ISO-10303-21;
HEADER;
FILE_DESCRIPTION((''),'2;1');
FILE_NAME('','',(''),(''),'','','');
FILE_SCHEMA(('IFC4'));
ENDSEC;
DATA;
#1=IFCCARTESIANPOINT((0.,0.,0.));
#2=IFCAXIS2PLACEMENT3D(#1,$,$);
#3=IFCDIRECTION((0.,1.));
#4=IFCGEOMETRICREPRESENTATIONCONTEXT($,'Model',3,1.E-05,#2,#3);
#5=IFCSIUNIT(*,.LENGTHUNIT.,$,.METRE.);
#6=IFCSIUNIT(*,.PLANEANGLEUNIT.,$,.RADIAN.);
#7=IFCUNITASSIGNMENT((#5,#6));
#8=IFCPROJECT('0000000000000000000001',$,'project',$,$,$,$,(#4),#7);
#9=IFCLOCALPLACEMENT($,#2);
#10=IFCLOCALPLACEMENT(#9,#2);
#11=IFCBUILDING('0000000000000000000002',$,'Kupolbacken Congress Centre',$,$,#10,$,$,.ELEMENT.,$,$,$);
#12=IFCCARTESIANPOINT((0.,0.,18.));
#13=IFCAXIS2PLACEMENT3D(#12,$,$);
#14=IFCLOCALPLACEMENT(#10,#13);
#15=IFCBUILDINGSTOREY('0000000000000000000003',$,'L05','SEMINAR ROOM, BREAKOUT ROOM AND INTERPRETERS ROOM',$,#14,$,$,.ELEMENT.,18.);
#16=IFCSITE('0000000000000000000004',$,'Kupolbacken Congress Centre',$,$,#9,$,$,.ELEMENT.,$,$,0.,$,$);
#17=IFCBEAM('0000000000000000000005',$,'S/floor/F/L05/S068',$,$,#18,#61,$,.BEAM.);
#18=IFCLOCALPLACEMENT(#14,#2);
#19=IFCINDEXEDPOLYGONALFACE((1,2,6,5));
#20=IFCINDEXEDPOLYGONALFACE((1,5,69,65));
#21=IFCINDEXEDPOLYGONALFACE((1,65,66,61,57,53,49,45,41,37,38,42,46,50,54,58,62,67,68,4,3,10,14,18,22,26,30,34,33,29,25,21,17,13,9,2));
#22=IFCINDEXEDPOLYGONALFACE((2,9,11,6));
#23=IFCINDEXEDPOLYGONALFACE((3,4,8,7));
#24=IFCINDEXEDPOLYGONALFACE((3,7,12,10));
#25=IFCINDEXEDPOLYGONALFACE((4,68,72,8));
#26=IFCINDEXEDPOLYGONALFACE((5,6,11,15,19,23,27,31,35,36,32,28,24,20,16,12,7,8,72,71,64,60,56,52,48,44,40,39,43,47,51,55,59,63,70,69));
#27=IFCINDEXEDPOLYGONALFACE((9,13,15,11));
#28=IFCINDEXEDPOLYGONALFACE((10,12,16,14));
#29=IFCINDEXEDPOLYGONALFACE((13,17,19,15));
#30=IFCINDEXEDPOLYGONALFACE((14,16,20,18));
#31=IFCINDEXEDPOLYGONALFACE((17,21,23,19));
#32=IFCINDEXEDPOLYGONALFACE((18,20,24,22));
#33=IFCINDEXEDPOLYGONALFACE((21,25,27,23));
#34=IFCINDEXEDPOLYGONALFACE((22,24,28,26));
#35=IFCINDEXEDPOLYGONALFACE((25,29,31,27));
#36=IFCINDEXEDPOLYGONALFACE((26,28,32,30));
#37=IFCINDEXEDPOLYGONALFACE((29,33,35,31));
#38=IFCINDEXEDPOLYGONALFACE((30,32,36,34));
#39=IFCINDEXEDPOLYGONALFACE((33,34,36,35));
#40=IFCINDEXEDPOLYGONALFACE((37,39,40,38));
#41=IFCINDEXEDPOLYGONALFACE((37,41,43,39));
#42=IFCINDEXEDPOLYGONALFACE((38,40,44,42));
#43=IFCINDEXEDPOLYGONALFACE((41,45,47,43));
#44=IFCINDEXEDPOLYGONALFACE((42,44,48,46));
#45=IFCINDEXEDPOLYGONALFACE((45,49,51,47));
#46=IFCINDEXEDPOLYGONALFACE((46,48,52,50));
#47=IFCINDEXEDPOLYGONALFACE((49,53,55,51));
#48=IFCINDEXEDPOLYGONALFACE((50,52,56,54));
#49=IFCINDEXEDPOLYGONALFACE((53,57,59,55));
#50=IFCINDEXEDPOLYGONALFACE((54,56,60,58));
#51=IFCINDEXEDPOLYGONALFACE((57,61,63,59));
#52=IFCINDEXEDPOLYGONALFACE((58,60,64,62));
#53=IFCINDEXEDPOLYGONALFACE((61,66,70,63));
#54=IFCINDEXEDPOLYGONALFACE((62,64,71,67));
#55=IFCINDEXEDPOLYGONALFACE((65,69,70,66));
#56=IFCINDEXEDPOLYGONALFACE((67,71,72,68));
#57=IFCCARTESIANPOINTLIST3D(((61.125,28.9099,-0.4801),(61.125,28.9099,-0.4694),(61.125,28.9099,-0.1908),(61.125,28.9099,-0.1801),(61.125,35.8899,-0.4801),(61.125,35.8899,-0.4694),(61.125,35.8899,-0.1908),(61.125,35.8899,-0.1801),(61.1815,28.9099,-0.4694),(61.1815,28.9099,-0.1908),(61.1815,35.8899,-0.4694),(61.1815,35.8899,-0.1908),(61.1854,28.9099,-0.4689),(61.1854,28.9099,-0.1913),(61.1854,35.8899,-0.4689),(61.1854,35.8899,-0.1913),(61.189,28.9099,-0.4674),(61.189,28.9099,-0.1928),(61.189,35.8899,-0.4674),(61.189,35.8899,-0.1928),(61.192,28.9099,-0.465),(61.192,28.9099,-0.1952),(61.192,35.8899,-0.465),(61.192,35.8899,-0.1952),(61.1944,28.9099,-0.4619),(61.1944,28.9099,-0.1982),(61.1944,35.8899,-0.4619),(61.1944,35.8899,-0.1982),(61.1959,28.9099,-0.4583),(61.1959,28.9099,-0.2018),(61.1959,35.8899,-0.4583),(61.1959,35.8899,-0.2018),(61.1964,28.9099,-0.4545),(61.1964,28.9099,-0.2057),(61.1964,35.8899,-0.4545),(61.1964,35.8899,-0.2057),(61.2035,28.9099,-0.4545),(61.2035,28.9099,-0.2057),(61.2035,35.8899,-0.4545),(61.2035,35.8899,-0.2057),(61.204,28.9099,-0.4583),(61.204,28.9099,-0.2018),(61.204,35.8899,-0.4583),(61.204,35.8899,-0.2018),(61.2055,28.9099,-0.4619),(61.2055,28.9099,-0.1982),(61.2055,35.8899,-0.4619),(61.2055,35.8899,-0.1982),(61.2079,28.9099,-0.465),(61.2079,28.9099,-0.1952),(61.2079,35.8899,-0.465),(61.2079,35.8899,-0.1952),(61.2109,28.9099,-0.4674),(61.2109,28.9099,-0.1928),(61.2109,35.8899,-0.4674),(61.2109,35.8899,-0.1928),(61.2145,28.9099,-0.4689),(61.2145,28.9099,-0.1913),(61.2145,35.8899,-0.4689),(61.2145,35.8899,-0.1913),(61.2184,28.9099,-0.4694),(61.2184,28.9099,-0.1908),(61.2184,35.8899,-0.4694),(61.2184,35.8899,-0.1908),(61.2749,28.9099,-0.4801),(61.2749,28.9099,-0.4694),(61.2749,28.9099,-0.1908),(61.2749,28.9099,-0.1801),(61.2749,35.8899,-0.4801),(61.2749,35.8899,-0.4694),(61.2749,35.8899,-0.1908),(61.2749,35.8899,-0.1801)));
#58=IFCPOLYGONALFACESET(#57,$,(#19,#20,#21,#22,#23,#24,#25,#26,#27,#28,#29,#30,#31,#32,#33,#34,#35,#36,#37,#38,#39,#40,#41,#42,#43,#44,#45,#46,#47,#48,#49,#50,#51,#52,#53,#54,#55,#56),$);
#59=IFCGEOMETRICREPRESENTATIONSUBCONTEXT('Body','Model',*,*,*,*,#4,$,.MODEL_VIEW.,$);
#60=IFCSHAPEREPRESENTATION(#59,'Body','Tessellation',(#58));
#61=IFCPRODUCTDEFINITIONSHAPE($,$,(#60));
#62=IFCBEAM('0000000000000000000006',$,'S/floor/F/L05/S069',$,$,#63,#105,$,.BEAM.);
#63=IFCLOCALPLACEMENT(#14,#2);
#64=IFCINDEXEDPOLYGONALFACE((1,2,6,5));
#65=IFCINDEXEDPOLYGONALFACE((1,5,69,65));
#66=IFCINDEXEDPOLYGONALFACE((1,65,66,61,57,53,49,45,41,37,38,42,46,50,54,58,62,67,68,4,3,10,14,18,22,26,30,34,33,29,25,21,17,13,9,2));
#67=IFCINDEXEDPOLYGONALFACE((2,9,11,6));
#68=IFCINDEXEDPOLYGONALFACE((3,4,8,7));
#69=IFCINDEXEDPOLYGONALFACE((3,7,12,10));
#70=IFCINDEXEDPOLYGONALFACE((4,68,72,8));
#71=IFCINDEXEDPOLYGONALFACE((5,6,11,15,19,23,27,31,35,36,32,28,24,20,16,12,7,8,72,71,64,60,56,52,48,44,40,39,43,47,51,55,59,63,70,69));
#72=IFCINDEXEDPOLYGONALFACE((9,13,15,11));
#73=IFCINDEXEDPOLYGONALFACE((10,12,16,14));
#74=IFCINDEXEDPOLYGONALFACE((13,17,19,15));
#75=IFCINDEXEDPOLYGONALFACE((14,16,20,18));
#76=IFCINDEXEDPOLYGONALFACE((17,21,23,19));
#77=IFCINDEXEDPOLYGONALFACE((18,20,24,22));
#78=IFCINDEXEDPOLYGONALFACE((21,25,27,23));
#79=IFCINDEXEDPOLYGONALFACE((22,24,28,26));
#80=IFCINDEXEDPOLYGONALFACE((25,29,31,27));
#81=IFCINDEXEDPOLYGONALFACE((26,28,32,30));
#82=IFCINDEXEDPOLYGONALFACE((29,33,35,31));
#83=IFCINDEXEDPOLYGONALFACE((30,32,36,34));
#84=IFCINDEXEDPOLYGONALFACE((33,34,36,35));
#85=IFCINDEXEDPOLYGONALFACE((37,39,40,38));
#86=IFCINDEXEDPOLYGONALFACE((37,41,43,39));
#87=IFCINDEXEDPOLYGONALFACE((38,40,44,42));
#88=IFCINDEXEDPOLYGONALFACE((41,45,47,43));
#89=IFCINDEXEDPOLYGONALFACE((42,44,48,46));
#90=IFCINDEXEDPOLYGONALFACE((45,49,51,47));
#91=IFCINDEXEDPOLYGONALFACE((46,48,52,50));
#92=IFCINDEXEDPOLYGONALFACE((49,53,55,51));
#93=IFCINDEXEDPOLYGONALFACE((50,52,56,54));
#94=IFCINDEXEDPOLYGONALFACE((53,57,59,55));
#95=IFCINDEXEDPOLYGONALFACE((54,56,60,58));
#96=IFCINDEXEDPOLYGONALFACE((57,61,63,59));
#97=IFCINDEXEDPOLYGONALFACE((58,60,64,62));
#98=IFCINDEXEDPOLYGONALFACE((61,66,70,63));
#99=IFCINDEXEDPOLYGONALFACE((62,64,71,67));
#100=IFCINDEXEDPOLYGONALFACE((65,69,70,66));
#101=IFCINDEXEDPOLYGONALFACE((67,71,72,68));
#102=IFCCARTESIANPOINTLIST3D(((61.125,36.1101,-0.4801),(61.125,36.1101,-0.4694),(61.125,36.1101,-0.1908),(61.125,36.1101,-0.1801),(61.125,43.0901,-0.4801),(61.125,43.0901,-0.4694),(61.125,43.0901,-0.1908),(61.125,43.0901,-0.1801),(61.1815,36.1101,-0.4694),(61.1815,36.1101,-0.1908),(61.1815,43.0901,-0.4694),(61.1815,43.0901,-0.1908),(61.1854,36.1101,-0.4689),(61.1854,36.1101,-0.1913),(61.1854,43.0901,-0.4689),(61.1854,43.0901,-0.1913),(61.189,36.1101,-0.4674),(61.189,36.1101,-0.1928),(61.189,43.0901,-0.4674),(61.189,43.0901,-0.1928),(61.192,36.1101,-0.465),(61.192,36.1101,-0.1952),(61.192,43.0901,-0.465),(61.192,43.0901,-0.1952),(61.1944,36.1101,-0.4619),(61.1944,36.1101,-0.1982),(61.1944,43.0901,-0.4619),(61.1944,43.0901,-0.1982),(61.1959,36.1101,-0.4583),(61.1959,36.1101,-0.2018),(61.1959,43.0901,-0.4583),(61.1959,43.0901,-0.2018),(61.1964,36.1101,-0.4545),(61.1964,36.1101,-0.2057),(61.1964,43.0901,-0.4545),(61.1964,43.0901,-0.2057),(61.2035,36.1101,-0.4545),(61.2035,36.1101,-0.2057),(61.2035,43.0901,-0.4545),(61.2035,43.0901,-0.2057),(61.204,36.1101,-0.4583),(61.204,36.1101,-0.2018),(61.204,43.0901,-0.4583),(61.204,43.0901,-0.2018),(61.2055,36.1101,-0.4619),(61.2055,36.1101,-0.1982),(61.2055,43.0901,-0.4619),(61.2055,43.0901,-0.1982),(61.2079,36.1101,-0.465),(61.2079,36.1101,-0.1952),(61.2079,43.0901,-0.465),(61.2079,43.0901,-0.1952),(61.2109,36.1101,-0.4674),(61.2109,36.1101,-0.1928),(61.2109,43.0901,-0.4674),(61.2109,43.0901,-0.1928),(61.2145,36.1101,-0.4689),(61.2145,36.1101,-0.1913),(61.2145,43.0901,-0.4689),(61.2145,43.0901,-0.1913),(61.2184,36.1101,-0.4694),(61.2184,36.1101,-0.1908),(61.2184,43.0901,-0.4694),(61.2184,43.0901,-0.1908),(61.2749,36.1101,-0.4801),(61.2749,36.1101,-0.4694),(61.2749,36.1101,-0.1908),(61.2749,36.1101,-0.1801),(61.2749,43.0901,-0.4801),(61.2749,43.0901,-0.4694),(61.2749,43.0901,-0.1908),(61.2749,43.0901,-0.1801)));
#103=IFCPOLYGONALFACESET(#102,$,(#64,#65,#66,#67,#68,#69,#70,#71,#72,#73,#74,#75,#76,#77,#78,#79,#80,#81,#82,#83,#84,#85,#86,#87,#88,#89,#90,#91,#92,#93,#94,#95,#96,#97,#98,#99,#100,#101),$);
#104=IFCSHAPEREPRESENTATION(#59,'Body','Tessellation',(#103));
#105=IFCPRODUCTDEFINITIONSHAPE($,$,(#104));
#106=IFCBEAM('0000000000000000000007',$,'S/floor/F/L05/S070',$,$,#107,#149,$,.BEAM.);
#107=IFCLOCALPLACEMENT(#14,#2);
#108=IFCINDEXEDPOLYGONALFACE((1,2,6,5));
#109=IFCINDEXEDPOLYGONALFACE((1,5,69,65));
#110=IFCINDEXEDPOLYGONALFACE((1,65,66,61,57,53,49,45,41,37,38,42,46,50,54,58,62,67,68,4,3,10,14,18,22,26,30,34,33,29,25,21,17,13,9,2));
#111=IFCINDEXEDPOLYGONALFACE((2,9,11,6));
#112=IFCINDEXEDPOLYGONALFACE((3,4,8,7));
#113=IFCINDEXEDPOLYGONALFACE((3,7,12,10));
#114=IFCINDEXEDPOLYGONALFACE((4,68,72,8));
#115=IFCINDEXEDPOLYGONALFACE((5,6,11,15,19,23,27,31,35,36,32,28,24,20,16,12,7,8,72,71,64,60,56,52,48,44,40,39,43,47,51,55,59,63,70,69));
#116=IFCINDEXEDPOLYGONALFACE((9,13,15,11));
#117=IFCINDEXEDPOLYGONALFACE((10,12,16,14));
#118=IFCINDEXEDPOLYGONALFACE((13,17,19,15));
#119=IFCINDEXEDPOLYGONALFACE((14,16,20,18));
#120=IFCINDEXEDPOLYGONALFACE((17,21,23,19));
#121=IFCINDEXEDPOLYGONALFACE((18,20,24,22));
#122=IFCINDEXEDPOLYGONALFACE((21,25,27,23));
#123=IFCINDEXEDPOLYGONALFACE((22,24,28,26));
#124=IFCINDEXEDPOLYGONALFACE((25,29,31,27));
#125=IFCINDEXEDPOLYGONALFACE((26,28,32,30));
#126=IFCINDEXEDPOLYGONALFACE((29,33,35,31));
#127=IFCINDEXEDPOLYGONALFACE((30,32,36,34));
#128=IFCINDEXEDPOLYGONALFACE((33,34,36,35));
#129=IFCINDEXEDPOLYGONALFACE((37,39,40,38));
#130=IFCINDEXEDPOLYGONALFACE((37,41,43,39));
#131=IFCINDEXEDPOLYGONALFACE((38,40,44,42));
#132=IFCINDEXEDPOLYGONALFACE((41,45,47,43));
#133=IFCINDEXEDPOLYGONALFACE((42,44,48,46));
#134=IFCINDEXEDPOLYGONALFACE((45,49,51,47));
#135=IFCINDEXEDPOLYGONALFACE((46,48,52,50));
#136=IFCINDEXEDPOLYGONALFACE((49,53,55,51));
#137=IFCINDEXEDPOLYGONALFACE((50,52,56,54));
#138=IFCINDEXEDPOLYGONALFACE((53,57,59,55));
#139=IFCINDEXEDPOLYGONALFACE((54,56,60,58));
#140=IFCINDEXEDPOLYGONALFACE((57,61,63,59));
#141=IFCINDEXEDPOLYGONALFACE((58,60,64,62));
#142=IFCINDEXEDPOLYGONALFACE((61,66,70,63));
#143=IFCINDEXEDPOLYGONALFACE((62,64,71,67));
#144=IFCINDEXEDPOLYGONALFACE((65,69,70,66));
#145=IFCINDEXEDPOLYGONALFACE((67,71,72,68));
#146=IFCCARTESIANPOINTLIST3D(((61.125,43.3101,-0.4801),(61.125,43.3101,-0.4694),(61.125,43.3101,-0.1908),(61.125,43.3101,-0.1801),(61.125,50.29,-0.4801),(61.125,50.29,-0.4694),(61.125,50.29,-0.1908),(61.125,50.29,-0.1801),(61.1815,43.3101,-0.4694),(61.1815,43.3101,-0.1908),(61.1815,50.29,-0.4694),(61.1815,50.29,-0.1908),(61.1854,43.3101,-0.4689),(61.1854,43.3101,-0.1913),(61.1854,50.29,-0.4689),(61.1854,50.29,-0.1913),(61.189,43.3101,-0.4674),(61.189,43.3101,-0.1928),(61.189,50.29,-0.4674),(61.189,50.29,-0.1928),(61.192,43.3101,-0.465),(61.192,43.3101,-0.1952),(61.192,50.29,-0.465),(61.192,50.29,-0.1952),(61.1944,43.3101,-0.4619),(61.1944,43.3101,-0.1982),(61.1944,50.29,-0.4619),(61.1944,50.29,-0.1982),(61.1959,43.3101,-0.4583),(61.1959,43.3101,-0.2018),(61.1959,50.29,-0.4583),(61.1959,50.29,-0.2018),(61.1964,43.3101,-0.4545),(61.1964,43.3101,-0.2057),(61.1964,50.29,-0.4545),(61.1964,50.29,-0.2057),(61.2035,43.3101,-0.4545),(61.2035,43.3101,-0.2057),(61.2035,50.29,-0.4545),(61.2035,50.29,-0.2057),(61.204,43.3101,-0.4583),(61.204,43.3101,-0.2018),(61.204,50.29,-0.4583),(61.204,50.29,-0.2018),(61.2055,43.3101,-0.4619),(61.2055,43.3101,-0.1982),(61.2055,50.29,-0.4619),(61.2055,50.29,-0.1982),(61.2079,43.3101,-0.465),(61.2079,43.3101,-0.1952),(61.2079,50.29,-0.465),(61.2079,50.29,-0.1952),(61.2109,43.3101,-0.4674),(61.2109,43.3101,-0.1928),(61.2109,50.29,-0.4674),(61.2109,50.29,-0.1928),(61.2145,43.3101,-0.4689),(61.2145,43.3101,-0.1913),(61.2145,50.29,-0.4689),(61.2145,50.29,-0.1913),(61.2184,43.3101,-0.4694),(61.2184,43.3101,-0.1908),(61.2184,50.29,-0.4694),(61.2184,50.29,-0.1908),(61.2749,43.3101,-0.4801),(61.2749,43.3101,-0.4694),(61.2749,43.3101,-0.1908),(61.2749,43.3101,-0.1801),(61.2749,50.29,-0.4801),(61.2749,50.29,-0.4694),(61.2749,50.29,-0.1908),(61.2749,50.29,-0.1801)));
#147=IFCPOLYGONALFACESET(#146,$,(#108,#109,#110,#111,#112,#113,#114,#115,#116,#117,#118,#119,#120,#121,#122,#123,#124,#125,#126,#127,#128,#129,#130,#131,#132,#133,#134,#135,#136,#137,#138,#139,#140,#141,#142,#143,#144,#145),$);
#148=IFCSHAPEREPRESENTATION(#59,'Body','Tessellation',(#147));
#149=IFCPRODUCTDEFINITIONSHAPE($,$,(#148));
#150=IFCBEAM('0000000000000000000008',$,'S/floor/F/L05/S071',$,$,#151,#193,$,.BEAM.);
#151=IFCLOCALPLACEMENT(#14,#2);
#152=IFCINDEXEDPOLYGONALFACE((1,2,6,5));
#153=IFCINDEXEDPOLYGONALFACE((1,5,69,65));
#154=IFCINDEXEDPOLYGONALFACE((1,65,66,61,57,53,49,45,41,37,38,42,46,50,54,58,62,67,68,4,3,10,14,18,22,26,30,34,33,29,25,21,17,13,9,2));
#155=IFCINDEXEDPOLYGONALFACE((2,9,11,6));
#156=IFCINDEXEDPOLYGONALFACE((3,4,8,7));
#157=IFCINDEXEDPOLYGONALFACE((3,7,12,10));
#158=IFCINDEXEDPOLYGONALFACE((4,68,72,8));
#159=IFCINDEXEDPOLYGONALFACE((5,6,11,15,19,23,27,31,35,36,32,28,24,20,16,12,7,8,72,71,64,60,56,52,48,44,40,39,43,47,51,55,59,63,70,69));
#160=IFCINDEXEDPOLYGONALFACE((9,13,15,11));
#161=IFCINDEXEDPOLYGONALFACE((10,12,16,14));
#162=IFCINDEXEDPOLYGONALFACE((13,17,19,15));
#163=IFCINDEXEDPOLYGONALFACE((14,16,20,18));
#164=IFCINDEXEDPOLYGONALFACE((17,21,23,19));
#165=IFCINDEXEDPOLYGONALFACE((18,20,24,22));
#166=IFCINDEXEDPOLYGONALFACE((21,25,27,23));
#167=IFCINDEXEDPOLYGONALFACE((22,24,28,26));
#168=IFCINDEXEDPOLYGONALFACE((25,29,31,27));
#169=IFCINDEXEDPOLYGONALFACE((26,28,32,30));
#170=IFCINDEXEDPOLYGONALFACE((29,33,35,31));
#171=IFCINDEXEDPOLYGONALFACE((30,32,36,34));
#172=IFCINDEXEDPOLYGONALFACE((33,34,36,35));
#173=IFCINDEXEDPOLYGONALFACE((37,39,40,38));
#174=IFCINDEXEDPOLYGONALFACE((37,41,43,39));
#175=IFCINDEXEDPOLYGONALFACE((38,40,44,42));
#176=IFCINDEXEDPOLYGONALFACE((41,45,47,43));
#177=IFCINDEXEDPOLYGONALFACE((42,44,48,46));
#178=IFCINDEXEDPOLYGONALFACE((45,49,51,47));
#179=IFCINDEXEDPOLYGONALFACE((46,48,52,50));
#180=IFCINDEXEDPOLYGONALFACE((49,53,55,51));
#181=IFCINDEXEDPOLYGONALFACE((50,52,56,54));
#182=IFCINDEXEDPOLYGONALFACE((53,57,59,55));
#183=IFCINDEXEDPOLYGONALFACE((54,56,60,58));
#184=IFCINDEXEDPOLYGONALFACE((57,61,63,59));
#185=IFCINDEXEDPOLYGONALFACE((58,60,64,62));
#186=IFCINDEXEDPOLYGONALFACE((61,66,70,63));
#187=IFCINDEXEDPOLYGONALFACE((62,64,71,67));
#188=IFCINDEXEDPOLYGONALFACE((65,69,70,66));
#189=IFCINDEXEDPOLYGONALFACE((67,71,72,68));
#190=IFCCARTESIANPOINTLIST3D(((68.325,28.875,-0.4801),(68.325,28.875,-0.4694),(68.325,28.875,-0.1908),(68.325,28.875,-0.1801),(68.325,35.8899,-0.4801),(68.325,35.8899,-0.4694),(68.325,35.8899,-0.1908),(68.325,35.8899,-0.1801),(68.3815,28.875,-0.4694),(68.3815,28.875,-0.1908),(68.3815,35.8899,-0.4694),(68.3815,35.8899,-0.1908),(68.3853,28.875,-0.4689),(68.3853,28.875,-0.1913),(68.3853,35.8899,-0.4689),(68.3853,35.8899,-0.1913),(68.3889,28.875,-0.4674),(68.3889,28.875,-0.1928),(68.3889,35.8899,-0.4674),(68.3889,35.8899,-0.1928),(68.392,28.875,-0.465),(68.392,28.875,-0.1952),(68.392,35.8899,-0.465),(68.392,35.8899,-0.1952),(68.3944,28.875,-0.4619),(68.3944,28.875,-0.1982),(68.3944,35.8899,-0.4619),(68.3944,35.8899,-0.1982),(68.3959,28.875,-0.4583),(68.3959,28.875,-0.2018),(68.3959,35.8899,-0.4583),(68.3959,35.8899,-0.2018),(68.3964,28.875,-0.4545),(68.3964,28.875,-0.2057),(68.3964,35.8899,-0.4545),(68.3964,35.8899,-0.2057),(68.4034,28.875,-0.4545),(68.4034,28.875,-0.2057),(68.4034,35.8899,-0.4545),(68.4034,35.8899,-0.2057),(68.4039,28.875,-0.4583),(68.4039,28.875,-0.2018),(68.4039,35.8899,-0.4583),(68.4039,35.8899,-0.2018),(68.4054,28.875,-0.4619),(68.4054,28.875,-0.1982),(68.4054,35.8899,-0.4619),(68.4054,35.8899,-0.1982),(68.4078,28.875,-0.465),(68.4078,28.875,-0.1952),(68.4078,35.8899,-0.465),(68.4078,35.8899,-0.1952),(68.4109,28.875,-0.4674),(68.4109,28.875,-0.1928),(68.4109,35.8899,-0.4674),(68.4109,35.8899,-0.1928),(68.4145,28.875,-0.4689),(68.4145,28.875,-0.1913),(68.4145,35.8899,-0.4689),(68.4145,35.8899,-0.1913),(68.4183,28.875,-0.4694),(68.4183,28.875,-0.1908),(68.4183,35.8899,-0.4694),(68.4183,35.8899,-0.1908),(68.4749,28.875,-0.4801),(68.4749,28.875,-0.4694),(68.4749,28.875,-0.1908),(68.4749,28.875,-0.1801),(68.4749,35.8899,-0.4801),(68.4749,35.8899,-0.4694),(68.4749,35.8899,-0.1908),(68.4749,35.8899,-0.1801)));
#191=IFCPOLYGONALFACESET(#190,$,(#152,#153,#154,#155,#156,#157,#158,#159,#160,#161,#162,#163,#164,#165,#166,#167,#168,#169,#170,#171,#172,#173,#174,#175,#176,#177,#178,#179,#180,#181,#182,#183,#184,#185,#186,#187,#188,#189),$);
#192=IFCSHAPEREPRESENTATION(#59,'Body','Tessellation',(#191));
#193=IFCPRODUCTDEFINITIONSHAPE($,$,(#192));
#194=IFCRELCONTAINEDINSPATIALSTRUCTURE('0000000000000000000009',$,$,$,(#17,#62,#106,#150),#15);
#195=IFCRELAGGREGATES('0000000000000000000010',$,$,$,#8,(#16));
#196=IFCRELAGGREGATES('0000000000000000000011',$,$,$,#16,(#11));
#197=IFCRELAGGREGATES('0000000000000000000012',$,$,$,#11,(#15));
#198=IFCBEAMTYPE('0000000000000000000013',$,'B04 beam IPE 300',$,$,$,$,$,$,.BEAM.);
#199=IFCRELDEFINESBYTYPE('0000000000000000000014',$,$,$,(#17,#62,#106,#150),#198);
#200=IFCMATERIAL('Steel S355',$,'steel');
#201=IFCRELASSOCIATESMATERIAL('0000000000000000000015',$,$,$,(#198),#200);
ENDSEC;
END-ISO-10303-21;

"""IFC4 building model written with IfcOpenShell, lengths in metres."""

from ifc_helpers import new_model, si_unit, direction, frame, origin, origin_2d, place, context, subcontext, project, spatial, i_section, extrude, material, material_profile, profile_set, type_object, element, save


model = new_model("IFC4")

# Units and contexts
model_context = context("Model", 3, precision=1e-05, world=origin(), true_north=direction((0.0, 1.0)))
body_context = subcontext(model_context, "Body", "Model", "MODEL_VIEW")
ifc_project = project(units=[si_unit("LENGTHUNIT", "METRE"), si_unit("PLANEANGLEUNIT", "RADIAN")], contexts=[model_context])

# Site, building, storey
site_placement = place(None, origin())
site = spatial("IfcSite", under=ifc_project, at=site_placement, Name="Kupolbacken Congress Centre", CompositionType="ELEMENT", RefElevation=0.0)
building_placement = place(site_placement, origin())
building = spatial("IfcBuilding", under=site, at=building_placement, Name="Kupolbacken Congress Centre", CompositionType="ELEMENT")
storey_placement = place(building_placement, frame((0.0, 0.0, 18.0)))
storey = spatial("IfcBuildingStorey", under=building, at=storey_placement, Name="L05", Description="SEMINAR ROOM, BREAKOUT ROOM AND INTERPRETERS ROOM", CompositionType="ELEMENT", Elevation=18.0)

# Beams
ifc_material_1 = material(Name="Steel S355", Category="steel")
ifc_material_profile_1 = material_profile(ifc_material_1, i_section(OverallWidth=0.1499, OverallDepth=0.3, WebThickness=0.0071, FlangeThickness=0.0107, FilletRadius=0.0149, at=origin_2d()), Name="IPE 300")
ifc_profile_set_1 = profile_set([ifc_material_profile_1], Name="Steel S355")
beam_type_1 = type_object("IfcBeamType", Name="B04 beam IPE 300", PredefinedType="BEAM", material=ifc_profile_set_1)
for number, where, z_axis, x_axis, name in (
    (1, (61.2, 28.9099, -0.3301), (0.0, 1.0, 0.0), (-1.0, 0.0, 0.0), "S/floor/F/L05/S068"),
    (2, (61.2, 36.1101, -0.3301), (0.0, 1.0, 0.0), (-1.0, 0.0, 0.0), "S/floor/F/L05/S069"),
    (3, (61.2, 43.3101, -0.3301), (0.0, 1.0, 0.0), (-1.0, 0.0, 0.0), "S/floor/F/L05/S070"),
):
    element("IfcBeam", number, at=place(storey_placement, frame(where, z_axis=z_axis, x_axis=x_axis)), inside=storey, type_object=beam_type_1, Name=name, PredefinedType="BEAM", context=body_context, shape_type="SweptSolid", body=[
        extrude(i_section(OverallWidth=0.1499, OverallDepth=0.3, WebThickness=0.0071, FlangeThickness=0.0107, FilletRadius=0.0149, at=origin_2d()), origin(), (0.0, 0.0, 1.0), 6.98),
    ])
beam_1_placement = place(storey_placement, frame((68.3999, 28.875, -0.3301), z_axis=(0.0, 1.0, 0.0), x_axis=(-1.0, 0.0, 0.0)))
element("IfcBeam", 4, at=beam_1_placement, inside=storey, type_object=beam_type_1, Name="S/floor/F/L05/S071", PredefinedType="BEAM", context=body_context, shape_type="SweptSolid", body=[
    extrude(i_section(OverallWidth=0.1499, OverallDepth=0.3, WebThickness=0.0071, FlangeThickness=0.0107, FilletRadius=0.0149, at=origin_2d()), origin(), (0.0, 0.0, 1.0), 7.0149),
])

save(model, "model.ifc")
